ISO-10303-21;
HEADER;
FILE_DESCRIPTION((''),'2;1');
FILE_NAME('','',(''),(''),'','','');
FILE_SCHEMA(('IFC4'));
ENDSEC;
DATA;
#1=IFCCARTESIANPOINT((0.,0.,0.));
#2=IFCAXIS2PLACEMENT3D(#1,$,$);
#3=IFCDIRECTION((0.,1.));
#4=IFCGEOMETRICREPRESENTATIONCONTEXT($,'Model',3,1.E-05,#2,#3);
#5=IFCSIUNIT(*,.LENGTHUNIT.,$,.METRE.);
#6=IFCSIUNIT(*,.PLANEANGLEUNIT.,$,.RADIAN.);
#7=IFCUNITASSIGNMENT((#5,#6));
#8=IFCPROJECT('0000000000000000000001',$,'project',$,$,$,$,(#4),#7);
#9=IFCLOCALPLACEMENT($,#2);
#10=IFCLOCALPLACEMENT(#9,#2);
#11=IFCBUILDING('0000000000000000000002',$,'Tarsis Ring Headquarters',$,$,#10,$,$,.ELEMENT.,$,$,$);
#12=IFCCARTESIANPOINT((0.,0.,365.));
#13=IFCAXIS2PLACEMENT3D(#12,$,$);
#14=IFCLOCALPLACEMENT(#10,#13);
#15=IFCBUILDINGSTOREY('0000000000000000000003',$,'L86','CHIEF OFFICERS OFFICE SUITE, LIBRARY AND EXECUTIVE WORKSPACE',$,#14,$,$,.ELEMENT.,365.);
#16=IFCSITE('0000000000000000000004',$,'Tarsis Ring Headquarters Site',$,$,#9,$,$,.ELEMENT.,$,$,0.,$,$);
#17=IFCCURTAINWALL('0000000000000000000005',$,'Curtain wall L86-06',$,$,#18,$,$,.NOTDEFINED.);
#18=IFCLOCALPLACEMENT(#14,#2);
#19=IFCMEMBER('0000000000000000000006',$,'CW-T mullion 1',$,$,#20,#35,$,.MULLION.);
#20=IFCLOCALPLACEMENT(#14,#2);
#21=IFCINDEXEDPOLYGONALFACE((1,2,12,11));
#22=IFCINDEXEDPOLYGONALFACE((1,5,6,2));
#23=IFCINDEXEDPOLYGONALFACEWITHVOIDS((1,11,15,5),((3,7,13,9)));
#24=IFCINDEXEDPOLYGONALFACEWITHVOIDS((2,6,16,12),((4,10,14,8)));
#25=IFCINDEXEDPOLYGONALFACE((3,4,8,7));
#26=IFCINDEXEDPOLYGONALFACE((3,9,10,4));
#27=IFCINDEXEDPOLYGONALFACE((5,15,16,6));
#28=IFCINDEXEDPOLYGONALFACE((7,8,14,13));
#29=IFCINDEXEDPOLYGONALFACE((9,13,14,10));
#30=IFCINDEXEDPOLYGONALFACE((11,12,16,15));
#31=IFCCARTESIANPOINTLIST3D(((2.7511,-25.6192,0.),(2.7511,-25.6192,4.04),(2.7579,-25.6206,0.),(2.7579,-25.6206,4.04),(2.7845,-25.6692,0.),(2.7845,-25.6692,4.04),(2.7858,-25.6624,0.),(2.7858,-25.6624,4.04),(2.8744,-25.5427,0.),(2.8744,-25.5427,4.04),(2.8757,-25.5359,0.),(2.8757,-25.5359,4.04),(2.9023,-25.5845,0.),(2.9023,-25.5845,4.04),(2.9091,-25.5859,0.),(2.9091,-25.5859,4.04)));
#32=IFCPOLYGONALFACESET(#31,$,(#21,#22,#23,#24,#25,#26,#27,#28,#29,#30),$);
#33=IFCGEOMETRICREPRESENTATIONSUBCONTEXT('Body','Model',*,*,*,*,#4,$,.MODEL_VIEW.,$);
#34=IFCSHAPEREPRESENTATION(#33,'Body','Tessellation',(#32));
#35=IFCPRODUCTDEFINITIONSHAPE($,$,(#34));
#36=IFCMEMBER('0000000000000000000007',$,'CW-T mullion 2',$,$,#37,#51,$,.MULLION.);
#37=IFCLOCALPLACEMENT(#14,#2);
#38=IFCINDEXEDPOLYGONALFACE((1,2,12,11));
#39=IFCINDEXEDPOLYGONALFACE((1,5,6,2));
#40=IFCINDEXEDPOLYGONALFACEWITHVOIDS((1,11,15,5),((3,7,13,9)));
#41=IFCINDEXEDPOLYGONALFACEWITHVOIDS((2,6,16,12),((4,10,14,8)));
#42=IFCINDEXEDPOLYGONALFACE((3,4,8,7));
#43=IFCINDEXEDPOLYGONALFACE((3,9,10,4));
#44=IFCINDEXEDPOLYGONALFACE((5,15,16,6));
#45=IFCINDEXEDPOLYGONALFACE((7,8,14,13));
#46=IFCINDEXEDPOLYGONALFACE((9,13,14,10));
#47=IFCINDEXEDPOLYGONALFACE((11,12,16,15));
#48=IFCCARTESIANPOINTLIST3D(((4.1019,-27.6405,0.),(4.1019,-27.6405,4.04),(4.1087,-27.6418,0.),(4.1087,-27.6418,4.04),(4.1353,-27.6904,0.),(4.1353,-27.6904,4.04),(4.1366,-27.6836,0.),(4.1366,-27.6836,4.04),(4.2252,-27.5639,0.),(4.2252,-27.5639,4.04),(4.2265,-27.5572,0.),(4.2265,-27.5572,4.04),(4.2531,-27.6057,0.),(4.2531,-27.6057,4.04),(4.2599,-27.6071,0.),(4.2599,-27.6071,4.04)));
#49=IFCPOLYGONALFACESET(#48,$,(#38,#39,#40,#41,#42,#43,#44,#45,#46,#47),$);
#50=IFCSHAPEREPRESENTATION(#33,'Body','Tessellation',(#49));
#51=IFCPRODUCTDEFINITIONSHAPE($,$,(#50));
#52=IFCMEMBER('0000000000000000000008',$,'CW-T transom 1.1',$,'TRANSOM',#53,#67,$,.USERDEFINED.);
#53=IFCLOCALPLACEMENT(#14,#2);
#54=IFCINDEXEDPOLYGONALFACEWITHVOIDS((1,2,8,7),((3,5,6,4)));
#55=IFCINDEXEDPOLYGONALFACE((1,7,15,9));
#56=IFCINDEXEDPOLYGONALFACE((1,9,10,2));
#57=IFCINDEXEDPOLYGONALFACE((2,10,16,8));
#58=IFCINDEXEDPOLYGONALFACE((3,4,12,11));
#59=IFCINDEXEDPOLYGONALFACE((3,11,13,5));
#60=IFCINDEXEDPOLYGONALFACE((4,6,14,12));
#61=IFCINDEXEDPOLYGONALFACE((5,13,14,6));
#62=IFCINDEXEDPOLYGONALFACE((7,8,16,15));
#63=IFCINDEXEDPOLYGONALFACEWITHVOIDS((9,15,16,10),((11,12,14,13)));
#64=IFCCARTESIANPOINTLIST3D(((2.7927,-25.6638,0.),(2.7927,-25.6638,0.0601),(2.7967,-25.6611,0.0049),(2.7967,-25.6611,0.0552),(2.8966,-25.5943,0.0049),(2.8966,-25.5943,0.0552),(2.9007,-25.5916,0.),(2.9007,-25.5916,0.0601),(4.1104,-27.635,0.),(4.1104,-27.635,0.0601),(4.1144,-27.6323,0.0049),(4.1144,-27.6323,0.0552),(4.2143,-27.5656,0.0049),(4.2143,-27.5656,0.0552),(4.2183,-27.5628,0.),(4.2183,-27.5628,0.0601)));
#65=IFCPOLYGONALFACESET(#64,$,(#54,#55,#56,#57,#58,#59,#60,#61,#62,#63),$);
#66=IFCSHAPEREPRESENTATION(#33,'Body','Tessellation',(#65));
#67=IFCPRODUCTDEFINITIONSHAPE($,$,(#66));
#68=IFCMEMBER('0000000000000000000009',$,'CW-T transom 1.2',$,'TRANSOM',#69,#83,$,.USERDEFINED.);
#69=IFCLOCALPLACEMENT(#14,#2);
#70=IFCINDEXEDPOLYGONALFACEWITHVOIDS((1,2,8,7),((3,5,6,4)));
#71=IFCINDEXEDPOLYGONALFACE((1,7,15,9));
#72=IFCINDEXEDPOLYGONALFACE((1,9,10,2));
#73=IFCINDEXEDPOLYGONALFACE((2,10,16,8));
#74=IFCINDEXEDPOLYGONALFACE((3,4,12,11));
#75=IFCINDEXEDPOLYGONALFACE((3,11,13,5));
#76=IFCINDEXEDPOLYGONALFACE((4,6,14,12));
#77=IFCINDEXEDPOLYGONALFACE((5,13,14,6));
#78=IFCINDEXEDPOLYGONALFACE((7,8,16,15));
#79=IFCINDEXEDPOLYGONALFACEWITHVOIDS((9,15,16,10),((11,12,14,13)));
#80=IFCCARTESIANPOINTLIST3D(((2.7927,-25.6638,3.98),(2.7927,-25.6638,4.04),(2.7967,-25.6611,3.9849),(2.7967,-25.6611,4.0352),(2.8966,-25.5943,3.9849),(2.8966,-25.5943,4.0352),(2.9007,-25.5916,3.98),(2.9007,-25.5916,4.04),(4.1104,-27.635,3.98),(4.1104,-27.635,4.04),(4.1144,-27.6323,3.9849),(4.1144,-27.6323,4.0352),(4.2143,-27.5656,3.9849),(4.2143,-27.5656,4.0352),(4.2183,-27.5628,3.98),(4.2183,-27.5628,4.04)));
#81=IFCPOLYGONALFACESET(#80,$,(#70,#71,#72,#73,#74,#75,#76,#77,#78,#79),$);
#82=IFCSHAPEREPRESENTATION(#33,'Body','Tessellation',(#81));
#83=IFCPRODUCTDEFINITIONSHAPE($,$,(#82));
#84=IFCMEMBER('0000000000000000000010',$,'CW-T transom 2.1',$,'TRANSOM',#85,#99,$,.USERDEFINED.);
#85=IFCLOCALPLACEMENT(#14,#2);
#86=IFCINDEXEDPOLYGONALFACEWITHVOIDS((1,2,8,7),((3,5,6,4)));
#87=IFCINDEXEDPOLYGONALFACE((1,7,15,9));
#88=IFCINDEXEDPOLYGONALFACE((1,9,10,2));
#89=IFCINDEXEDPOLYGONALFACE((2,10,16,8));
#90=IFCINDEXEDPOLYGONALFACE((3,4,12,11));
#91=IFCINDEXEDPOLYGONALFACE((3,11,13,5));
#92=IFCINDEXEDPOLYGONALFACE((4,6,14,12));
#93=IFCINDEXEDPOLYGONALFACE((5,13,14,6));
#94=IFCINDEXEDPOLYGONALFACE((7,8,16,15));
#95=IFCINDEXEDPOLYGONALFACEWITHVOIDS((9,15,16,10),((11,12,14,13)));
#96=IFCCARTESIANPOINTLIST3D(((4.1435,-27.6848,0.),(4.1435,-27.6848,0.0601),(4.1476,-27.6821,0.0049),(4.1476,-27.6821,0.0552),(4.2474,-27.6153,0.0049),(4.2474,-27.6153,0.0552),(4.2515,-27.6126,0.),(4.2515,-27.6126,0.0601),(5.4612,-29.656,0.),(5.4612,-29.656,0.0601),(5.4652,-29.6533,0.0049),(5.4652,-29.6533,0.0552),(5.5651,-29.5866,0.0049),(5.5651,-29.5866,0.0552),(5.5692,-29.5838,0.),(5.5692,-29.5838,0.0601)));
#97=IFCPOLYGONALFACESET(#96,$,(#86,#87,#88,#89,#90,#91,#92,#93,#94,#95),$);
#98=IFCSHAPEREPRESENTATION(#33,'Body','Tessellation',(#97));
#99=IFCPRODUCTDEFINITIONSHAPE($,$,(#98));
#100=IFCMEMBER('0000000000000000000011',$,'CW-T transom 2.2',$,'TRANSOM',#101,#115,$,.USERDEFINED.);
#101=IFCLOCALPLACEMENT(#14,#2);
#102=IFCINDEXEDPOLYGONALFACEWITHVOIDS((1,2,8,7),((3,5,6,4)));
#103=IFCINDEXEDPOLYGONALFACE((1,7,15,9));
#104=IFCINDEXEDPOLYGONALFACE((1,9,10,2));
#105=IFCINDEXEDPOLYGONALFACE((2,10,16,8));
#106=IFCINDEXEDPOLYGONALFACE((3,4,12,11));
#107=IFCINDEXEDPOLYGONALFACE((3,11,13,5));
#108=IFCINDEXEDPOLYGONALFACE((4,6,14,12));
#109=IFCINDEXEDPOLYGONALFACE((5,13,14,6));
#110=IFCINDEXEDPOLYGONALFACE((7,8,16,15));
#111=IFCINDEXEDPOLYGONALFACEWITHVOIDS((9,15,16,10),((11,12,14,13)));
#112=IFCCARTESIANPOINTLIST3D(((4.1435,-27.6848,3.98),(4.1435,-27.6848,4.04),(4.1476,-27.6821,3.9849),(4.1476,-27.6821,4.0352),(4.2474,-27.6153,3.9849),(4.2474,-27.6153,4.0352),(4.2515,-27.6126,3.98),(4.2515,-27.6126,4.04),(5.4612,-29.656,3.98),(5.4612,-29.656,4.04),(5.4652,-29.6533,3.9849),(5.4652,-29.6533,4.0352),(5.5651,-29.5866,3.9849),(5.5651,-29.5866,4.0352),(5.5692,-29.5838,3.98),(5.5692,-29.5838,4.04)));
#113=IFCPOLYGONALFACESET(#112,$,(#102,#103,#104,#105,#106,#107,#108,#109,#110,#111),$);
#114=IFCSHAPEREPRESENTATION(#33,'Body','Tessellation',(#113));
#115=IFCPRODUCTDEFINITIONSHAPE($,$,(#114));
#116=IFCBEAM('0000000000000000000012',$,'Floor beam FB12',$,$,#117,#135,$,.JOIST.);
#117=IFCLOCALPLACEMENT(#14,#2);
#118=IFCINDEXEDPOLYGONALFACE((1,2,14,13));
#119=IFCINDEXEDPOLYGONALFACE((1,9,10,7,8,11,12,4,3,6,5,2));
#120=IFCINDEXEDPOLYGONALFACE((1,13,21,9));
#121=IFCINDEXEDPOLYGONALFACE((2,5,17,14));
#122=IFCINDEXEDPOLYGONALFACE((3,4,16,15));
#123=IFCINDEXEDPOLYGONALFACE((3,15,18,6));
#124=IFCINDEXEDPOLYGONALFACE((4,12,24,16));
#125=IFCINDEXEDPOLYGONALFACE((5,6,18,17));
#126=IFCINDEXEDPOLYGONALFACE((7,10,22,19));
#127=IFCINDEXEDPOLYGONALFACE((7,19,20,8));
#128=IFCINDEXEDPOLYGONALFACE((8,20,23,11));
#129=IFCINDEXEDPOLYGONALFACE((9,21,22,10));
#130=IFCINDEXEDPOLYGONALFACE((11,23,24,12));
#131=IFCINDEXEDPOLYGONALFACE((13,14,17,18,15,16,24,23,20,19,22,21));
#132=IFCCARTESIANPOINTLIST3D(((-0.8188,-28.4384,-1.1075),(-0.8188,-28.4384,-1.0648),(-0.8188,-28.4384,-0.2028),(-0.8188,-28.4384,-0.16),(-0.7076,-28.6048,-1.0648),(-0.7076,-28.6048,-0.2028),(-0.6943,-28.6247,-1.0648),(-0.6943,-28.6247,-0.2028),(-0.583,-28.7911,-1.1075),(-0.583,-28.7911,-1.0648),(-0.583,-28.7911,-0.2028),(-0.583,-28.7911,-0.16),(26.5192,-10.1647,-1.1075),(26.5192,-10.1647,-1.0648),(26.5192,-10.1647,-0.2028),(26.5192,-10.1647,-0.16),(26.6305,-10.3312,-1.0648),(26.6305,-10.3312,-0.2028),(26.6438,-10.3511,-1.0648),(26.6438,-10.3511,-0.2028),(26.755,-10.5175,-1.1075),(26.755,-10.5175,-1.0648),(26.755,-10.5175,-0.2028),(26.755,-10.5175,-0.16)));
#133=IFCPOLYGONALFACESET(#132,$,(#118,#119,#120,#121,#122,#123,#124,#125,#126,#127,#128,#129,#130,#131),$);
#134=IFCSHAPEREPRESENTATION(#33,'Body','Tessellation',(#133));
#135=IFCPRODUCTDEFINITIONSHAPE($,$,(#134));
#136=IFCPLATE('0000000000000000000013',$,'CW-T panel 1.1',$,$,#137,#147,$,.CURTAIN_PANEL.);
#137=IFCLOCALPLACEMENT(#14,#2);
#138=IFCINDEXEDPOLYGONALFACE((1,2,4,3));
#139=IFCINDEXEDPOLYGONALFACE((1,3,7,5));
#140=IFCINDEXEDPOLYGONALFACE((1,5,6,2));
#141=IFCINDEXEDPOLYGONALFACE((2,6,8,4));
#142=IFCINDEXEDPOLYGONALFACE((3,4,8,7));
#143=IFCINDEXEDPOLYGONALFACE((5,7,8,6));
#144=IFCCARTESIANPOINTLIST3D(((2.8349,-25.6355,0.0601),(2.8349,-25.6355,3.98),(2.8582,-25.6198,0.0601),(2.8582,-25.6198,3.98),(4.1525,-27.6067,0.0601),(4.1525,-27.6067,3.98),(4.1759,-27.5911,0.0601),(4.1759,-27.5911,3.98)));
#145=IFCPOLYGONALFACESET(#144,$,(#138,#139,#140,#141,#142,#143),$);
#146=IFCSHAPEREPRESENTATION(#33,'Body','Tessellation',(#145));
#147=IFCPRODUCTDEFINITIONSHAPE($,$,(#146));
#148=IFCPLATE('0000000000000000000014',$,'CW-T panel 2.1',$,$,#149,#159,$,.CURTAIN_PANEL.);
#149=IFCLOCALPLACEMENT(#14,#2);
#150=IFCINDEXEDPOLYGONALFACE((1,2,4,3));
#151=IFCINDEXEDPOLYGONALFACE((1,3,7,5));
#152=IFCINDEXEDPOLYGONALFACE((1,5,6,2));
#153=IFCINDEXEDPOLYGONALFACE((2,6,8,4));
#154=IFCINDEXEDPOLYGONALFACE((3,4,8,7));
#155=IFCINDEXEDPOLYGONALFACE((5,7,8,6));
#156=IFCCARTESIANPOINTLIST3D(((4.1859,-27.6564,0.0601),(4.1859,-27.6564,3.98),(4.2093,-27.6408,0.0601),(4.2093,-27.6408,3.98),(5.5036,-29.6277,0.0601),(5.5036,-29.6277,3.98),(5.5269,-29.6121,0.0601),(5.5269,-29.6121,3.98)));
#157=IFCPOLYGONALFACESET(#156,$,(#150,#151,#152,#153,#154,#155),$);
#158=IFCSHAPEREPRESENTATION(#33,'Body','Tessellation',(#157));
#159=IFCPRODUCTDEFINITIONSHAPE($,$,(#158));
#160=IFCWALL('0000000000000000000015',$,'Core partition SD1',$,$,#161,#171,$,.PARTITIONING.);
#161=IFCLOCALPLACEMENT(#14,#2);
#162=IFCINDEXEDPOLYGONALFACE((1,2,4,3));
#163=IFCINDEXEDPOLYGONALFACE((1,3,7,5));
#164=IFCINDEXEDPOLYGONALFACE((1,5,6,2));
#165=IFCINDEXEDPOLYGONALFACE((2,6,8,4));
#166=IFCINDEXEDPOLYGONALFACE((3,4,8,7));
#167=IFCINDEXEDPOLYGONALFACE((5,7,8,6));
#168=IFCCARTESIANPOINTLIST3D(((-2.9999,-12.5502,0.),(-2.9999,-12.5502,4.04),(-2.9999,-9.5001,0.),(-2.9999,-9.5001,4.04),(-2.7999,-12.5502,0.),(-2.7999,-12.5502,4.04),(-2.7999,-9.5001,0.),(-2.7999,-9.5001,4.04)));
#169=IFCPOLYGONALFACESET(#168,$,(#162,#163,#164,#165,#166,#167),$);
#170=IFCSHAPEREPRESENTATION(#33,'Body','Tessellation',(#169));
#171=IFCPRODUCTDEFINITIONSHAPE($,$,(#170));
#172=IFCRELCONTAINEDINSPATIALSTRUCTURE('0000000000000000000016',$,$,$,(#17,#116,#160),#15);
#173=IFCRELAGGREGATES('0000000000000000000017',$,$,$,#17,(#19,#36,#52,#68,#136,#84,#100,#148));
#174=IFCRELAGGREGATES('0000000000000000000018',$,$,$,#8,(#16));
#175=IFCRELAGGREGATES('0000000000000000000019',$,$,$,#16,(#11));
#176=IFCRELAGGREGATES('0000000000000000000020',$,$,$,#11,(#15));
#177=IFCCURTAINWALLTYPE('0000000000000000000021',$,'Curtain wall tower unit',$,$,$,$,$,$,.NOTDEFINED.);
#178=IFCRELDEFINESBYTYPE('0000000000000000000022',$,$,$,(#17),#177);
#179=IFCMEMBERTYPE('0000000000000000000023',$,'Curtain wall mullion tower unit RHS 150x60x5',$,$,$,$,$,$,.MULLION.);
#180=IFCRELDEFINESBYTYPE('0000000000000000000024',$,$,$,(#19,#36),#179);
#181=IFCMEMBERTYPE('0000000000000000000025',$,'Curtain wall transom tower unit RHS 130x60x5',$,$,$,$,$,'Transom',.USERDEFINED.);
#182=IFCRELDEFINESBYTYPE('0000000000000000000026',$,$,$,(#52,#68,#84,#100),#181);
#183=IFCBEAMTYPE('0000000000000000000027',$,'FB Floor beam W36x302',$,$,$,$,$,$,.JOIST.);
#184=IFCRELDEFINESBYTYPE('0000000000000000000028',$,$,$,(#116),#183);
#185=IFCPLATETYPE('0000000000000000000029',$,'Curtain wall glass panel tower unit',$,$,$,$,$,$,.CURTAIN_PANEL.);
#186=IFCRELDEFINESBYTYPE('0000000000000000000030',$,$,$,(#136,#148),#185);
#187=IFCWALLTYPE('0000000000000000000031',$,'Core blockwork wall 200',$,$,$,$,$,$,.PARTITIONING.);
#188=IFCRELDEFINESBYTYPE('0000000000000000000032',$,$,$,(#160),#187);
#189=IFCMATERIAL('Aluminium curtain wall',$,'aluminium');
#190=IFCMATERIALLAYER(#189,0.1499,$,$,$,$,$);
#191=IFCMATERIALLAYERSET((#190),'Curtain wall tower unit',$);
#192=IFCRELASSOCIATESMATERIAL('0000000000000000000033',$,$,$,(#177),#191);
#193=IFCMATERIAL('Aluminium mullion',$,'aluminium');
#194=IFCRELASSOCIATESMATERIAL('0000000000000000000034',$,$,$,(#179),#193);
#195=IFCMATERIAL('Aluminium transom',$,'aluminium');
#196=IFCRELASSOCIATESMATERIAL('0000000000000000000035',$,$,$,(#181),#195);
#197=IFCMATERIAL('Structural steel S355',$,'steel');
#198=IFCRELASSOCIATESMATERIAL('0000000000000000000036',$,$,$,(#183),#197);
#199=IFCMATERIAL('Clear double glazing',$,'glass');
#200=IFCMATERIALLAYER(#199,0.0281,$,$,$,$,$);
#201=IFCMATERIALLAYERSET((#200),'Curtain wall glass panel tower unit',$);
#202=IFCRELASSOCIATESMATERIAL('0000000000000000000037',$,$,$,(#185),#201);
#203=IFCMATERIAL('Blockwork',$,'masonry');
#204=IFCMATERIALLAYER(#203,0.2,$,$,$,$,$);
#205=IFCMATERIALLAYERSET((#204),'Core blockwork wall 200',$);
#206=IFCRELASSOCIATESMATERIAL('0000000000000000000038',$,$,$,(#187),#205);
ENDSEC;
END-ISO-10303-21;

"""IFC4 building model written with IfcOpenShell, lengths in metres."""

from ifc_helpers import new_model, si_unit, direction, frame, frame_2d, origin, origin_2d, place, context, subcontext, project, spatial, rectangle, hollow_rectangle, i_section, extrude, material, layer, layer_set, material_profile, profile_set, type_object, element, aggregate, save


model = new_model("IFC4")

# Units and contexts
model_context = context("Model", 3, precision=1e-05, world=origin(), true_north=direction((0.0, 1.0)))
body_context = subcontext(model_context, "Body", "Model", "MODEL_VIEW")
ifc_project = project(units=[si_unit("LENGTHUNIT", "METRE"), si_unit("PLANEANGLEUNIT", "RADIAN")], contexts=[model_context])

# Site, building, storey
site_placement = place(None, origin())
site = spatial("IfcSite", under=ifc_project, at=site_placement, Name="Tarsis Ring Headquarters Site", CompositionType="ELEMENT", RefElevation=0.0)
building_placement = place(site_placement, origin())
building = spatial("IfcBuilding", under=site, at=building_placement, Name="Tarsis Ring Headquarters", CompositionType="ELEMENT")
storey_placement = place(building_placement, frame((0.0, 0.0, 365.0)))
storey = spatial("IfcBuildingStorey", under=building, at=storey_placement, Name="L86", Description="CHIEF OFFICERS OFFICE SUITE, LIBRARY AND EXECUTIVE WORKSPACE", CompositionType="ELEMENT", Elevation=365.0)

# Curtain wall, members
ifc_material_1 = material(Name="Aluminium curtain wall", Category="aluminium")
ifc_layer_1 = layer(ifc_material_1, 0.1499)
ifc_layer_set_1 = layer_set([ifc_layer_1], Name="Curtain wall tower unit")
curtain_wall_type = type_object("IfcCurtainWallType", Name="Curtain wall tower unit", PredefinedType="NOTDEFINED", material=ifc_layer_set_1)
curtain_wall_placement = place(storey_placement, origin())
curtain_wall = element("IfcCurtainWall", 1, at=curtain_wall_placement, inside=storey, type_object=curtain_wall_type, Name="Curtain wall L86-06", PredefinedType="NOTDEFINED")
ifc_material_2 = material(Name="Aluminium mullion", Category="aluminium")
ifc_material_profile_1 = material_profile(ifc_material_2, hollow_rectangle(XDim=0.1499, YDim=0.0601, WallThickness=0.0049, at=origin_2d()), Name="RHS 150x60x5")
ifc_profile_set_1 = profile_set([ifc_material_profile_1], Name="Aluminium mullion")
member_type_1 = type_object("IfcMemberType", Name="Curtain wall mullion tower unit RHS 150x60x5", PredefinedType="MULLION", material=ifc_profile_set_1)
member_1_placement = place(storey_placement, frame((2.8301, -25.6025, 0.0), z_axis=(0.0, 0.0, 1.0), x_axis=(0.831372, 0.555716, 0.0)))
member_1 = element("IfcMember", 2, at=member_1_placement, type_object=member_type_1, Name="CW-T mullion 1", PredefinedType="MULLION", context=body_context, shape_type="SweptSolid", body=[
    extrude(hollow_rectangle(XDim=0.1499, YDim=0.0601, WallThickness=0.0049, at=origin_2d()), origin(), (0.0, 0.0, 1.0), 4.04),
])
member_2_placement = place(storey_placement, frame((4.1809, -27.6238, 0.0), z_axis=(0.0, 0.0, 1.0), x_axis=(0.831372, 0.555716, 0.0)))
member_2 = element("IfcMember", 3, at=member_2_placement, type_object=member_type_1, Name="CW-T mullion 2", PredefinedType="MULLION", context=body_context, shape_type="SweptSolid", body=[
    extrude(hollow_rectangle(XDim=0.1499, YDim=0.0601, WallThickness=0.0049, at=origin_2d()), origin(), (0.0, 0.0, 1.0), 4.04),
])
ifc_material_3 = material(Name="Aluminium transom", Category="aluminium")
ifc_material_profile_2 = material_profile(ifc_material_3, hollow_rectangle(XDim=0.1299, YDim=0.0601, WallThickness=0.0049, at=origin_2d()), Name="RHS 130x60x5")
ifc_profile_set_2 = profile_set([ifc_material_profile_2], Name="Aluminium transom")
member_type_2 = type_object("IfcMemberType", Name="Curtain wall transom tower unit RHS 130x60x5", ElementType="Transom", PredefinedType="USERDEFINED", material=ifc_profile_set_2)
member_3_placement = place(storey_placement, frame((2.8467, -25.6277, 0.03), z_axis=(0.555722, -0.831368, 0.0), x_axis=(0.831368, 0.555722, 0.0)))
member_3 = element("IfcMember", 4, at=member_3_placement, type_object=member_type_2, Name="CW-T transom 1.1", ObjectType="TRANSOM", PredefinedType="USERDEFINED", context=body_context, shape_type="SweptSolid", body=[
    extrude(hollow_rectangle(XDim=0.1299, YDim=0.0601, WallThickness=0.0049, at=origin_2d()), origin(), (0.0, 0.0, 1.0), 2.3711),
])
member_4_placement = place(storey_placement, frame((2.8467, -25.6277, 4.01), z_axis=(0.555722, -0.831368, 0.0), x_axis=(0.831368, 0.555722, 0.0)))
member_4 = element("IfcMember", 5, at=member_4_placement, type_object=member_type_2, Name="CW-T transom 1.2", ObjectType="TRANSOM", PredefinedType="USERDEFINED", context=body_context, shape_type="SweptSolid", body=[
    extrude(hollow_rectangle(XDim=0.1299, YDim=0.0601, WallThickness=0.0049, at=origin_2d()), origin(), (0.0, 0.0, 1.0), 2.3711),
])
member_5_placement = place(storey_placement, frame((4.1975, -27.6487, 0.03), z_axis=(0.555722, -0.831368, 0.0), x_axis=(0.831368, 0.555722, 0.0)))
member_5 = element("IfcMember", 6, at=member_5_placement, type_object=member_type_2, Name="CW-T transom 2.1", ObjectType="TRANSOM", PredefinedType="USERDEFINED", context=body_context, shape_type="SweptSolid", body=[
    extrude(hollow_rectangle(XDim=0.1299, YDim=0.0601, WallThickness=0.0049, at=origin_2d()), origin(), (0.0, 0.0, 1.0), 2.3711),
])
member_6_placement = place(storey_placement, frame((4.1975, -27.6487, 4.01), z_axis=(0.555722, -0.831368, 0.0), x_axis=(0.831368, 0.555722, 0.0)))
member_6 = element("IfcMember", 7, at=member_6_placement, type_object=member_type_2, Name="CW-T transom 2.2", ObjectType="TRANSOM", PredefinedType="USERDEFINED", context=body_context, shape_type="SweptSolid", body=[
    extrude(hollow_rectangle(XDim=0.1299, YDim=0.0601, WallThickness=0.0049, at=origin_2d()), origin(), (0.0, 0.0, 1.0), 2.3711),
])

# Beam
ifc_material_4 = material(Name="Structural steel S355", Category="steel")
ifc_material_profile_3 = material_profile(ifc_material_4, i_section(OverallWidth=0.4243, OverallDepth=0.9475, WebThickness=0.0239, FlangeThickness=0.0427, at=origin_2d()), Name="W36x302")
ifc_profile_set_3 = profile_set([ifc_material_profile_3], Name="Structural steel S355")
beam_type = type_object("IfcBeamType", Name="FB Floor beam W36x302", PredefinedType="JOIST", material=ifc_profile_set_3)
beam_placement = place(storey_placement, frame((-0.7009, -28.6147, -0.6338), z_axis=(0.831372, 0.555716, 0.0), x_axis=(-0.555716, 0.831372, 0.0)))
element("IfcBeam", 8, at=beam_placement, inside=storey, type_object=beam_type, Name="Floor beam FB12", PredefinedType="JOIST", context=body_context, shape_type="SweptSolid", body=[
    extrude(i_section(OverallWidth=0.4243, OverallDepth=0.9475, WebThickness=0.0239, FlangeThickness=0.0427, at=origin_2d()), origin(), (0.0, 0.0, 1.0), 32.8831),
])

# Plates
ifc_material_5 = material(Name="Clear double glazing", Category="glass")
ifc_layer_2 = layer(ifc_material_5, 0.0281)
ifc_layer_set_2 = layer_set([ifc_layer_2], Name="Curtain wall glass panel tower unit")
plate_type = type_object("IfcPlateType", Name="Curtain wall glass panel tower unit", PredefinedType="CURTAIN_PANEL", material=ifc_layer_set_2)
plate_1_placement = place(storey_placement, frame((3.5054, -26.6133, 0.0601), z_axis=(0.0, 0.0, 1.0), x_axis=(0.555716, -0.831372, 0.0)))
plate_1 = element("IfcPlate", 9, at=plate_1_placement, type_object=plate_type, Name="CW-T panel 1.1", PredefinedType="CURTAIN_PANEL", context=body_context, shape_type="SweptSolid", body=[
    extrude(rectangle(XDim=2.3711, YDim=0.0281, at=origin_2d()), origin(), (0.0, 0.0, 1.0), 3.9199),
])
plate_2_placement = place(storey_placement, frame((4.8564, -28.6343, 0.0601), z_axis=(0.0, 0.0, 1.0), x_axis=(0.555716, -0.831372, 0.0)))
plate_2 = element("IfcPlate", 10, at=plate_2_placement, type_object=plate_type, Name="CW-T panel 2.1", PredefinedType="CURTAIN_PANEL", context=body_context, shape_type="SweptSolid", body=[
    extrude(rectangle(XDim=2.3711, YDim=0.0281, at=origin_2d()), origin(), (0.0, 0.0, 1.0), 3.9199),
])
aggregate(curtain_wall, [member_1, member_2, member_3, member_4, plate_1, member_5, member_6, plate_2])

# Wall
ifc_material_6 = material(Name="Blockwork", Category="masonry")
ifc_layer_3 = layer(ifc_material_6, 0.2)
ifc_layer_set_3 = layer_set([ifc_layer_3], Name="Core blockwork wall 200")
wall_type_1 = type_object("IfcWallType", Name="Core blockwork wall 200", PredefinedType="PARTITIONING", material=ifc_layer_set_3)
wall_1_placement = place(storey_placement, frame((-2.8999, -12.55, 0.0), z_axis=(0.0, 0.0, 1.0), x_axis=(0.0, 1.0, 0.0)))
element("IfcWall", 11, at=wall_1_placement, inside=storey, type_object=wall_type_1, Name="Core partition SD1", PredefinedType="PARTITIONING", context=body_context, shape_type="SweptSolid", body=[
    extrude(rectangle(XDim=3.05, YDim=0.2, at=frame_2d((1.5249, 0.0))), origin(), (0.0, 0.0, 1.0), 4.04),
])

save(model, "model.ifc")
